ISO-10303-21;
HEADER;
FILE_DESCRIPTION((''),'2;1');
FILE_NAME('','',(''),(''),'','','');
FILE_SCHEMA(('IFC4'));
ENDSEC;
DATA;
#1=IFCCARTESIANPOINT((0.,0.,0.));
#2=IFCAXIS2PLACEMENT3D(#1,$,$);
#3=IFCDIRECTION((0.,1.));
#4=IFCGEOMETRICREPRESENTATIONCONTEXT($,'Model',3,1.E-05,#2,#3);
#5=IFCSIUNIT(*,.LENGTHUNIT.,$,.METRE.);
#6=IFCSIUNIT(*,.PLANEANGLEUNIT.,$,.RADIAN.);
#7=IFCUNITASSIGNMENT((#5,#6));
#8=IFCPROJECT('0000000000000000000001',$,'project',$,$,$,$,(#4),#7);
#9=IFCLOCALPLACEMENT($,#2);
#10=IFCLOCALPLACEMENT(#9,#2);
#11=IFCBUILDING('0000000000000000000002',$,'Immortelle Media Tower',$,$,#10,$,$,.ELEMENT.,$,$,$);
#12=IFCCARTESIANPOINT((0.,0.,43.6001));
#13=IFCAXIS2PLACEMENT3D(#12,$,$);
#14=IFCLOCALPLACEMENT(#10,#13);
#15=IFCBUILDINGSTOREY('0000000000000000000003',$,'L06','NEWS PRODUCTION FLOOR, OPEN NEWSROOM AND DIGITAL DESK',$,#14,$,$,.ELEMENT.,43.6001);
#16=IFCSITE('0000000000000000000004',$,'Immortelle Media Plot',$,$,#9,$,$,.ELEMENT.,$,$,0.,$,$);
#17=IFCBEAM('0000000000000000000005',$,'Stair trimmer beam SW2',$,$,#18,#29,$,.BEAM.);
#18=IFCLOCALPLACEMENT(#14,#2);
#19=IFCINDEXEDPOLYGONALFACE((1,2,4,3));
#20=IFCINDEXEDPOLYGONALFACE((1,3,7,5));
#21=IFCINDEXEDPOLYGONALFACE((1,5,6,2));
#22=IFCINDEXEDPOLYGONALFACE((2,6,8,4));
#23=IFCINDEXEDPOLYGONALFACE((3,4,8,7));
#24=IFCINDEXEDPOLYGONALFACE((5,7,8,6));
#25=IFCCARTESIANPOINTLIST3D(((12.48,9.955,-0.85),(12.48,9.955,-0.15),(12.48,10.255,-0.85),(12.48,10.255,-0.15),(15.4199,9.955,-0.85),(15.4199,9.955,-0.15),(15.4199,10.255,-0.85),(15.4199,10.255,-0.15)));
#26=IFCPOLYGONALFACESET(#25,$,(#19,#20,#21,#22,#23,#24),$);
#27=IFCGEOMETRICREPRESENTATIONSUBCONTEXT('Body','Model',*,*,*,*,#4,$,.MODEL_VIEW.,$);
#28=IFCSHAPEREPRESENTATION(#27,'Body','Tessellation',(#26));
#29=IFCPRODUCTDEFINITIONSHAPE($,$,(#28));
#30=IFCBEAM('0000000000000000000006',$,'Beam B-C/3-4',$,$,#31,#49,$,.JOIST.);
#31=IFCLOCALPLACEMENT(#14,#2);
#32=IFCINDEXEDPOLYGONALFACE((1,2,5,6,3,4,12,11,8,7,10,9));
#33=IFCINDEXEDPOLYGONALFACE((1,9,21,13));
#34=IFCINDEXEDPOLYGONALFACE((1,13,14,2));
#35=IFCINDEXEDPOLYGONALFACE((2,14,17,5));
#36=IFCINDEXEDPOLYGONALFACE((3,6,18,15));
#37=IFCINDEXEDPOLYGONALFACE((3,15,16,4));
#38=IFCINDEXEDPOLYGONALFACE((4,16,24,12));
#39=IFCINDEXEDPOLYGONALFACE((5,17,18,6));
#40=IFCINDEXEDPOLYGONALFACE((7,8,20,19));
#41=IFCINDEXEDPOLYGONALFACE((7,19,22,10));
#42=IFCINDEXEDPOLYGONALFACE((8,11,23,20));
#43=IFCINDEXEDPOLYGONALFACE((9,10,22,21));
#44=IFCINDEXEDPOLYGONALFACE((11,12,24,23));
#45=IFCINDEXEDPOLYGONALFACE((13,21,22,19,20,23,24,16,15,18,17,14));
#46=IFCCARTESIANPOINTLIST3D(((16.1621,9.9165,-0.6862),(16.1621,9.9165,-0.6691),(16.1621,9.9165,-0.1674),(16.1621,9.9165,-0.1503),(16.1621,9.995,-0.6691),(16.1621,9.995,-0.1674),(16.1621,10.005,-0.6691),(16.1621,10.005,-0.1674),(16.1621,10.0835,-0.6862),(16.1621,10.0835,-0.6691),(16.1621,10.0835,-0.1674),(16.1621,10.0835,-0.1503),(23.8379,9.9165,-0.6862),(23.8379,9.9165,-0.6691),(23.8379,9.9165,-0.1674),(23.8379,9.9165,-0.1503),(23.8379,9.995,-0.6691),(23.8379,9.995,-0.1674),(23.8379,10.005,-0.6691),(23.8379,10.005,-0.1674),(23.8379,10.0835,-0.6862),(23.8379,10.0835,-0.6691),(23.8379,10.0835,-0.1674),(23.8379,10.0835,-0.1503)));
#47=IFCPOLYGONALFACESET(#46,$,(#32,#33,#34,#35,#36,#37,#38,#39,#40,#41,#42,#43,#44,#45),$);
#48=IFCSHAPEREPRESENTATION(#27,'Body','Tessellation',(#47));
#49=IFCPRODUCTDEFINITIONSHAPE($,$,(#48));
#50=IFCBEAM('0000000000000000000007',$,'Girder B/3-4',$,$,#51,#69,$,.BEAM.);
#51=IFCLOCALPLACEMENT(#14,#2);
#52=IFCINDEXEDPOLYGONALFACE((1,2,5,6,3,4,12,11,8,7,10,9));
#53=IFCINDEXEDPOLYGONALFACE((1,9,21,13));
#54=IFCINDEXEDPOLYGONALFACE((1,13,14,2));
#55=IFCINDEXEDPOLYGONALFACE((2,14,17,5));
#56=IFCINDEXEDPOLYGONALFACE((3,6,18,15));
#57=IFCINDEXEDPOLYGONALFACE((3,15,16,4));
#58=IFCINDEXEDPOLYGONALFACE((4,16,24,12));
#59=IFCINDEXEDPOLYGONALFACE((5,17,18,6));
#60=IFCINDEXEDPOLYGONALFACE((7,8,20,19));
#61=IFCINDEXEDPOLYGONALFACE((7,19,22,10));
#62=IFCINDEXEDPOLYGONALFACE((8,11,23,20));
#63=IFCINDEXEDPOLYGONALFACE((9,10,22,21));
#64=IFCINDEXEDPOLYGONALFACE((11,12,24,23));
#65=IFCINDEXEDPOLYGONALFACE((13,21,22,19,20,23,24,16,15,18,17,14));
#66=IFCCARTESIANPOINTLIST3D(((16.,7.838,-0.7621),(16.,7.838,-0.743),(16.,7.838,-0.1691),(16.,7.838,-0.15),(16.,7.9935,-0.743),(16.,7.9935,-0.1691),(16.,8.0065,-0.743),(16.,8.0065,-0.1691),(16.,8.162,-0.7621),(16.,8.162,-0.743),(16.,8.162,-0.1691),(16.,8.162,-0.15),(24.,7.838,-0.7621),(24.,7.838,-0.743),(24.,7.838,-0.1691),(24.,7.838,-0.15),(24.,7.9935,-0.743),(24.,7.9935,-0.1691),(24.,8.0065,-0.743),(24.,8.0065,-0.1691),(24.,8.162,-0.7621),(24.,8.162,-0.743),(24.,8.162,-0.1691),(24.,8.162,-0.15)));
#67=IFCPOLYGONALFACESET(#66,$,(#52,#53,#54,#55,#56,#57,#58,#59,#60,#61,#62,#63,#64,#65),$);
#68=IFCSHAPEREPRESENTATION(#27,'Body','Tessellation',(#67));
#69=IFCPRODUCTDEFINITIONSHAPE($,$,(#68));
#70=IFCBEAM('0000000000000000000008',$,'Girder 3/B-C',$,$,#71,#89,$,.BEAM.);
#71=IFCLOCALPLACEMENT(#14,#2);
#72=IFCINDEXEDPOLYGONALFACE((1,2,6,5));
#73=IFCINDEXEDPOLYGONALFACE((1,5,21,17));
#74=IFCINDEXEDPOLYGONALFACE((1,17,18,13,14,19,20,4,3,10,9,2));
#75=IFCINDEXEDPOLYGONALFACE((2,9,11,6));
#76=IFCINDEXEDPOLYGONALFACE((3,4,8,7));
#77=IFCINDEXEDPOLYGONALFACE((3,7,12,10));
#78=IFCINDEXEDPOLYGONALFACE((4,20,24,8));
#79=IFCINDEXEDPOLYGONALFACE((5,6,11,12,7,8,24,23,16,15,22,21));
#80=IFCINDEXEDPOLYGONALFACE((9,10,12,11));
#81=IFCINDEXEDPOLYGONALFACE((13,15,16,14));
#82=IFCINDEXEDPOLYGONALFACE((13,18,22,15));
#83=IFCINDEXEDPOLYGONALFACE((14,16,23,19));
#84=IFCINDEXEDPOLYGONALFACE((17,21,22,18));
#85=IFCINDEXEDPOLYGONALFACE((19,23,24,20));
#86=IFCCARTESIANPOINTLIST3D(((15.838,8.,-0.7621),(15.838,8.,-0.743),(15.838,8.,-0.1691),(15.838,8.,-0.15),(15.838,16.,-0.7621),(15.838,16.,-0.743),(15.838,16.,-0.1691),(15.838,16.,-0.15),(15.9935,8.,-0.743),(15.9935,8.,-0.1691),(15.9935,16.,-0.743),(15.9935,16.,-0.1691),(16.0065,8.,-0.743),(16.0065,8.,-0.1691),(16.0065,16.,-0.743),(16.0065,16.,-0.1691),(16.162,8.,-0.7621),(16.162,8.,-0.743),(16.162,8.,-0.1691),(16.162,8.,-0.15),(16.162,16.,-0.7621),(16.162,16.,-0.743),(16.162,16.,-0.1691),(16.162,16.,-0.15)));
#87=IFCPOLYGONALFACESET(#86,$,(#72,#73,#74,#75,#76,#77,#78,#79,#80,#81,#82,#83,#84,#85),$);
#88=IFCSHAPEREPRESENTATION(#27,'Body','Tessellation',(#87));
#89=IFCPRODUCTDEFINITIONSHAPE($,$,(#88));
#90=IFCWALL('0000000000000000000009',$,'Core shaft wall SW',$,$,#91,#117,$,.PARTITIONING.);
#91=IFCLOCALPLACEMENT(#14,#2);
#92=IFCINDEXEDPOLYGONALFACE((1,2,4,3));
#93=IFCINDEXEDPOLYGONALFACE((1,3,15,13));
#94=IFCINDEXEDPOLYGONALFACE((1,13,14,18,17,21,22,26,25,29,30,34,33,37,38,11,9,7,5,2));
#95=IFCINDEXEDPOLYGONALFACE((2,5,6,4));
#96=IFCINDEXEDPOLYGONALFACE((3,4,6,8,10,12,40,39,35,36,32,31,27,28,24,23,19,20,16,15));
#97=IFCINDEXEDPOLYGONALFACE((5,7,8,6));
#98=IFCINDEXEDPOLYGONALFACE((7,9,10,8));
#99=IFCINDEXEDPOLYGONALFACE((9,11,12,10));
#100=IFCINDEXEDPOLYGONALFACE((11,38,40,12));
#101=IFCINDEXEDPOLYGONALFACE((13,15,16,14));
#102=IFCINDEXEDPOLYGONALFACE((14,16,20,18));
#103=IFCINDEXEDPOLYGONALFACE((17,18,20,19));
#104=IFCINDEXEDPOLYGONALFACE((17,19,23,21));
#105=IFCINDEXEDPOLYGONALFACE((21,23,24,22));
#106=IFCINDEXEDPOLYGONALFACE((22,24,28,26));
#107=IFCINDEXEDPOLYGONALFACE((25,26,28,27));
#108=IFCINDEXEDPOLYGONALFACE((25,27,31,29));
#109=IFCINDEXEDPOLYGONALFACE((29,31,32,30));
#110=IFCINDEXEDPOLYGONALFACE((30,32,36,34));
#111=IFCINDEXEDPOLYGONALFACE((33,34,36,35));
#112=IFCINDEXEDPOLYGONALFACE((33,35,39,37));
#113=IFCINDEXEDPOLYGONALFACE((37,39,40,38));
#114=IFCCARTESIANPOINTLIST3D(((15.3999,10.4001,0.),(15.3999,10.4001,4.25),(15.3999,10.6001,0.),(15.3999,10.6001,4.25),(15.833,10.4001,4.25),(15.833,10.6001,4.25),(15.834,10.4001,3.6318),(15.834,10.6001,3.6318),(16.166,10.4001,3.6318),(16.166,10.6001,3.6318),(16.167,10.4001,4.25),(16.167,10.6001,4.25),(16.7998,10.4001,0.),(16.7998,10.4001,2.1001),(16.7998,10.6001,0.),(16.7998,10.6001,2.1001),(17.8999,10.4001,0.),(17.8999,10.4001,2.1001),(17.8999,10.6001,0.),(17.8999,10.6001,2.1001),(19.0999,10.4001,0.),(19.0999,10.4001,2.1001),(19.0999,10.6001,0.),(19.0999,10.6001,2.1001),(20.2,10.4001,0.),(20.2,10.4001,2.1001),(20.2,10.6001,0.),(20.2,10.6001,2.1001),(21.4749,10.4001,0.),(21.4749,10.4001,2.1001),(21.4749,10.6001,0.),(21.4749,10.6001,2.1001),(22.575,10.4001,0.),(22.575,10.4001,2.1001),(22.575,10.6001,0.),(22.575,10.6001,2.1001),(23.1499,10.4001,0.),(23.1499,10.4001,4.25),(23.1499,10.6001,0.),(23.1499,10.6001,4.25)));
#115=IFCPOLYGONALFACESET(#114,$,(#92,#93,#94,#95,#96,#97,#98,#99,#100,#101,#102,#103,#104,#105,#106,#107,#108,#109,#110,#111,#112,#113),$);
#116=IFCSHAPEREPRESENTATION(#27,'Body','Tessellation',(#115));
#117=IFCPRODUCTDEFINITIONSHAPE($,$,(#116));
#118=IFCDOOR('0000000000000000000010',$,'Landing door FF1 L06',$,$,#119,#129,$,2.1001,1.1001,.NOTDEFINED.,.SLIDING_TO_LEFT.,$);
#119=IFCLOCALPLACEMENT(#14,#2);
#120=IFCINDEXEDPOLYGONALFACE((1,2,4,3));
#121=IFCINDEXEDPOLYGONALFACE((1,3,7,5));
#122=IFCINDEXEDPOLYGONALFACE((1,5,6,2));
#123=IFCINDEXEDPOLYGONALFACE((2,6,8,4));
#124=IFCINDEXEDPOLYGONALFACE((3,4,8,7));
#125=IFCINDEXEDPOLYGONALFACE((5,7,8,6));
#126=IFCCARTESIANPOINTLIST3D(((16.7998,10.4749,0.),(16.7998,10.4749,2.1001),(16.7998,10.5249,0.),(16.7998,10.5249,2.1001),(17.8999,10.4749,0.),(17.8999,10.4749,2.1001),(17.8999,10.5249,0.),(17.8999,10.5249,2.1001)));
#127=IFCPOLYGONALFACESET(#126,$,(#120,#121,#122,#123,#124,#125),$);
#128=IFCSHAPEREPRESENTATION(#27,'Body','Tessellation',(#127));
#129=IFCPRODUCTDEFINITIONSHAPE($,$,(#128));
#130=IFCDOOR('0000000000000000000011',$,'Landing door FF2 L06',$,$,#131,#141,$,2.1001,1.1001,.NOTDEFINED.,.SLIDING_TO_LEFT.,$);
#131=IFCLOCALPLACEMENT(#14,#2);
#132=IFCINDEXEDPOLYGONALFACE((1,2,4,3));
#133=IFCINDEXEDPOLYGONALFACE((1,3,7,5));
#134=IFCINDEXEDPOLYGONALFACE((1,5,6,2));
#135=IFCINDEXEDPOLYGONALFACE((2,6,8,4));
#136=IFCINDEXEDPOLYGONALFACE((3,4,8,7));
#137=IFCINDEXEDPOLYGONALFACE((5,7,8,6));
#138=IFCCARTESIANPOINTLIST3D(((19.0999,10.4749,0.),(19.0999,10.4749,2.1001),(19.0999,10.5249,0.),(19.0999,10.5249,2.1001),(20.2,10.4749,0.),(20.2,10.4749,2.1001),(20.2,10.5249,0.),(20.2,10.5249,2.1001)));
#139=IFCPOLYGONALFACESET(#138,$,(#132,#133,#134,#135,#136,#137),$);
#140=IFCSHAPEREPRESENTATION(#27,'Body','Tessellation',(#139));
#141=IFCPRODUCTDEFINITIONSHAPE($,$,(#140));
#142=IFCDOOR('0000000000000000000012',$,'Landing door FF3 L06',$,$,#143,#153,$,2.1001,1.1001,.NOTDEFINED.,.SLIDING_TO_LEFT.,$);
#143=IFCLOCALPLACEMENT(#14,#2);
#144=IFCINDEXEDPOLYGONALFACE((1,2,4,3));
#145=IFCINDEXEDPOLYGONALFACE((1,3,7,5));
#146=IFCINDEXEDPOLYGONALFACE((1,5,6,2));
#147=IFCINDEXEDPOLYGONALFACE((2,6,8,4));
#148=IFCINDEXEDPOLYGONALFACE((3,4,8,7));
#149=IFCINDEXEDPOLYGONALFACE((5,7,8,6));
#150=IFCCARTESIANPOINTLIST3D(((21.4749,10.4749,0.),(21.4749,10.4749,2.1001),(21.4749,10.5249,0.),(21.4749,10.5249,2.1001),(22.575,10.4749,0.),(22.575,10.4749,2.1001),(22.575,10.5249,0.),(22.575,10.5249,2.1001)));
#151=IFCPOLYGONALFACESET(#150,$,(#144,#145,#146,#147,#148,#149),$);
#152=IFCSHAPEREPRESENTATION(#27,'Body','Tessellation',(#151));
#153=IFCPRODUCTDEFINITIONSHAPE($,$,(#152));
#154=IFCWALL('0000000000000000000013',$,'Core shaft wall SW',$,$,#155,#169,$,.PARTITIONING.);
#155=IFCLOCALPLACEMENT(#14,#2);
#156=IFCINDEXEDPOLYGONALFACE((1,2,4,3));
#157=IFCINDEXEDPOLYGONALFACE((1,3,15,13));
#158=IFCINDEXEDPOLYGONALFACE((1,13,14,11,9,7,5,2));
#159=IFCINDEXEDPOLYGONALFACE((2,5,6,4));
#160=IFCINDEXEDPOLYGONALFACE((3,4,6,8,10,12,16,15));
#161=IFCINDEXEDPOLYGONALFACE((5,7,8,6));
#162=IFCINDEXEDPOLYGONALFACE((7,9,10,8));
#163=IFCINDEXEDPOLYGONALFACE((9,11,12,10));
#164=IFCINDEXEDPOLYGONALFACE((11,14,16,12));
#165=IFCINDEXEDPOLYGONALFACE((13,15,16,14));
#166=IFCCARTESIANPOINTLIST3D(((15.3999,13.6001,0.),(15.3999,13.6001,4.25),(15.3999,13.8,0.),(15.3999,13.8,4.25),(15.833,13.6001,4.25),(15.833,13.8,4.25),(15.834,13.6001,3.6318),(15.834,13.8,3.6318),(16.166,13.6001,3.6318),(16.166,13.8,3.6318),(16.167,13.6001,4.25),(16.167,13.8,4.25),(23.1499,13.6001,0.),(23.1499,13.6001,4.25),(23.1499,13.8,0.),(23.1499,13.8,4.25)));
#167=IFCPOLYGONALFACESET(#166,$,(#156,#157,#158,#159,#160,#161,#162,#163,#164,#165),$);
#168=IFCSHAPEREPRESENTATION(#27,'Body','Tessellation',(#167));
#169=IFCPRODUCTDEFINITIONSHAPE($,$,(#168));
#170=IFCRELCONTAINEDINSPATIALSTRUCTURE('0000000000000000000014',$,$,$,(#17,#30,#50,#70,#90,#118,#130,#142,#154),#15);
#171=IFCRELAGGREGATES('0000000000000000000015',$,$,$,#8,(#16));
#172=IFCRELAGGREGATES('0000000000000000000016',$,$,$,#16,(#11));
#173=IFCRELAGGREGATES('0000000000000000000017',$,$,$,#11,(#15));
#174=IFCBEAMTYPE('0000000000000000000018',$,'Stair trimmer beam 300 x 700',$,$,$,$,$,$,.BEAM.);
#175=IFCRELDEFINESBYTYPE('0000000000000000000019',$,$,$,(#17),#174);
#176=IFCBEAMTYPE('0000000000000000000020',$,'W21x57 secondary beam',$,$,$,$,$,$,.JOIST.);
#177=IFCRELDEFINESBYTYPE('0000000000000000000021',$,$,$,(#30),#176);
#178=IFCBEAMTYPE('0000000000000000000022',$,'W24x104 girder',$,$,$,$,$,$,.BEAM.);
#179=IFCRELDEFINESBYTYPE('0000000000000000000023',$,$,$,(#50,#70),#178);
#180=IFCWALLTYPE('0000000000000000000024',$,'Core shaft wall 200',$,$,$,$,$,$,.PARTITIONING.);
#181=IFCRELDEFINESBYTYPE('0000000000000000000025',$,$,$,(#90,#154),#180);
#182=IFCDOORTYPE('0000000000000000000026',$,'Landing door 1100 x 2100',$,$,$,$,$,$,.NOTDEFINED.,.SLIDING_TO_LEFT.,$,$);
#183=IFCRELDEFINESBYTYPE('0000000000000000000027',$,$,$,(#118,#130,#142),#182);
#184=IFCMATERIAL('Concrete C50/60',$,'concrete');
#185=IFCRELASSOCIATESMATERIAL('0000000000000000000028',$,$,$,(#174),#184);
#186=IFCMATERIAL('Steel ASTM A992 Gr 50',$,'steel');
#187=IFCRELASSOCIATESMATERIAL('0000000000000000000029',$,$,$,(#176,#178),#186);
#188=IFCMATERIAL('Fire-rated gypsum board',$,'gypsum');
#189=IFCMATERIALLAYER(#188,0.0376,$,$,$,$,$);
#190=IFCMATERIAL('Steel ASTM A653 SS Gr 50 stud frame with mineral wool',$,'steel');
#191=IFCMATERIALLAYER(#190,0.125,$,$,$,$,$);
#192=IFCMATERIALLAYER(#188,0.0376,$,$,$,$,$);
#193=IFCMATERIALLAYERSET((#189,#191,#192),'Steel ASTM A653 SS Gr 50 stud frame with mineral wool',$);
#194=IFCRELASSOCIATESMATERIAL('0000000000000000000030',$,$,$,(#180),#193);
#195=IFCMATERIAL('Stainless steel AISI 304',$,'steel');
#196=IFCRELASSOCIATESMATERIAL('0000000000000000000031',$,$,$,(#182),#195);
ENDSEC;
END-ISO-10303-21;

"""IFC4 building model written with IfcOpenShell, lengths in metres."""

from ifc_helpers import new_model, si_unit, direction, frame, frame_2d, origin, origin_2d, place, context, subcontext, project, spatial, polyline, rectangle, i_section, outline, extrude, material, layer, layer_set, material_profile, profile_set, type_object, element, fill, save


model = new_model("IFC4")

# Units and contexts
model_context = context("Model", 3, precision=1e-05, world=origin(), true_north=direction((0.0, 1.0)))
body_context = subcontext(model_context, "Body", "Model", "MODEL_VIEW")
ifc_project = project(units=[si_unit("LENGTHUNIT", "METRE"), si_unit("PLANEANGLEUNIT", "RADIAN")], contexts=[model_context])

# Site, building, storey
site_placement = place(None, origin())
site = spatial("IfcSite", under=ifc_project, at=site_placement, Name="Immortelle Media Plot", CompositionType="ELEMENT", RefElevation=0.0)
building_placement = place(site_placement, origin())
building = spatial("IfcBuilding", under=site, at=building_placement, Name="Immortelle Media Tower", CompositionType="ELEMENT")
storey_placement = place(building_placement, frame((0.0, 0.0, 43.6001)))
storey = spatial("IfcBuildingStorey", under=building, at=storey_placement, Name="L06", Description="NEWS PRODUCTION FLOOR, OPEN NEWSROOM AND DIGITAL DESK", CompositionType="ELEMENT", Elevation=43.6001)

# Beams
ifc_material_1 = material(Name="Concrete C50/60", Category="concrete")
ifc_material_profile_1 = material_profile(ifc_material_1, rectangle(XDim=0.3, YDim=0.7, at=origin_2d()), Name="RC 300x700")
ifc_profile_set_1 = profile_set([ifc_material_profile_1], Name="Concrete C50/60")
beam_type_1 = type_object("IfcBeamType", Name="Stair trimmer beam 300 x 700", PredefinedType="BEAM", material=ifc_profile_set_1)
beam_1_placement = place(storey_placement, frame((12.48, 10.105, -0.5), z_axis=(1.0, 0.0, 0.0), x_axis=(0.0, 1.0, 0.0)))
element("IfcBeam", 1, at=beam_1_placement, inside=storey, type_object=beam_type_1, Name="Stair trimmer beam SW2", PredefinedType="BEAM", context=body_context, shape_type="SweptSolid", body=[
    extrude(rectangle(XDim=0.3, YDim=0.7, at=origin_2d()), origin(), (0.0, 0.0, 1.0), 2.9399),
])
ifc_material_2 = material(Name="Steel ASTM A992 Gr 50", Category="steel")
ifc_material_profile_2 = material_profile(ifc_material_2, i_section(OverallWidth=0.167, OverallDepth=0.5359, WebThickness=0.01, FlangeThickness=0.0171, at=origin_2d()), Name="W21x57")
ifc_profile_set_2 = profile_set([ifc_material_profile_2], Name="Steel ASTM A992 Gr 50")
beam_type_2 = type_object("IfcBeamType", Name="W21x57 secondary beam", PredefinedType="JOIST", material=ifc_profile_set_2)
beam_2_placement = place(storey_placement, frame((16.1621, 10.0, -0.4182), z_axis=(1.0, 0.0, 0.0), x_axis=(0.0, 1.0, 0.0)))
element("IfcBeam", 2, at=beam_2_placement, inside=storey, type_object=beam_type_2, Name="Beam B-C/3-4", PredefinedType="JOIST", context=body_context, shape_type="SweptSolid", body=[
    extrude(i_section(OverallWidth=0.167, OverallDepth=0.5359, WebThickness=0.01, FlangeThickness=0.0171, at=origin_2d()), origin(), (0.0, 0.0, 1.0), 7.6758),
])
ifc_material_profile_3 = material_profile(ifc_material_2, i_section(OverallWidth=0.324, OverallDepth=0.6121, WebThickness=0.0129, FlangeThickness=0.019, at=origin_2d()), Name="W24x104")
ifc_profile_set_3 = profile_set([ifc_material_profile_3], Name="Steel ASTM A992 Gr 50")
beam_type_3 = type_object("IfcBeamType", Name="W24x104 girder", PredefinedType="BEAM", material=ifc_profile_set_3)
for number, where, z_axis, x_axis, name in (
    (3, (16.0, 8.0, -0.4561), (1.0, 0.0, 0.0), (0.0, 1.0, 0.0), "Girder B/3-4"),
    (4, (16.0, 8.0, -0.4561), (0.0, 1.0, 0.0), (-1.0, 0.0, 0.0), "Girder 3/B-C"),
):
    element("IfcBeam", number, at=place(storey_placement, frame(where, z_axis=z_axis, x_axis=x_axis)), inside=storey, type_object=beam_type_3, Name=name, PredefinedType="BEAM", context=body_context, shape_type="SweptSolid", body=[
        extrude(i_section(OverallWidth=0.324, OverallDepth=0.6121, WebThickness=0.0129, FlangeThickness=0.019, at=origin_2d()), origin(), (0.0, 0.0, 1.0), 8.0),
    ])

# Wall, openings, doors
ifc_material_3 = material(Name="Fire-rated gypsum board", Category="gypsum")
ifc_layer_1 = layer(ifc_material_3, 0.0376)
ifc_material_4 = material(Name="Steel ASTM A653 SS Gr 50 stud frame with mineral wool", Category="steel")
ifc_layer_2 = layer(ifc_material_4, 0.125)
ifc_layer_3 = layer(ifc_material_3, 0.0376)
ifc_layer_set_1 = layer_set([ifc_layer_1, ifc_layer_2, ifc_layer_3], Name="Steel ASTM A653 SS Gr 50 stud frame with mineral wool")
wall_type_1 = type_object("IfcWallType", Name="Core shaft wall 200", PredefinedType="PARTITIONING", material=ifc_layer_set_1)
wall_1_placement = place(storey_placement, frame((15.3999, 10.5, 0.0), z_axis=(0.0, 0.0, 1.0), x_axis=(1.0, 0.0, 0.0)))
wall_1 = element("IfcWall", 5, at=wall_1_placement, inside=storey, type_object=wall_type_1, Name="Core shaft wall SW", PredefinedType="PARTITIONING", context=body_context, shape_type="SweptSolid", body=[
    extrude(outline(polyline([(0.0, 0.0), (7.75, 0.0), (7.75, 4.25), (0.7671, 4.25), (0.7661, 3.6318), (0.4341, 3.6318), (0.4331, 4.25), (0.0, 4.25), (0.0, 0.0)])), frame((0.0, 0.1001, 0.0), z_axis=(0.0, -1.0, 0.0), x_axis=(1.0, 0.0, 0.0)), (0.0, 0.0, 1.0), 0.2),
])
opening_1_placement = place(wall_1_placement, frame((1.3999, 0.0, 0.0)))
opening_1 = element("IfcOpeningElement", 6, at=opening_1_placement, cuts=wall_1, PredefinedType="OPENING", context=body_context, shape_type="SweptSolid", body=[
    extrude(rectangle(XDim=1.1001, YDim=2.1001, at=frame_2d((0.55, 1.05))), frame((0.0, 0.1099, 0.0), z_axis=(0.0, -1.0, 0.0), x_axis=(1.0, 0.0, 0.0)), (0.0, 0.0, 1.0), 0.22),
])
opening_2_placement = place(wall_1_placement, frame((3.7, 0.0, 0.0)))
opening_2 = element("IfcOpeningElement", 7, at=opening_2_placement, cuts=wall_1, PredefinedType="OPENING", context=body_context, shape_type="SweptSolid", body=[
    extrude(rectangle(XDim=1.1001, YDim=2.1001, at=frame_2d((0.55, 1.05))), frame((0.0, 0.1099, 0.0), z_axis=(0.0, -1.0, 0.0), x_axis=(1.0, 0.0, 0.0)), (0.0, 0.0, 1.0), 0.22),
])
opening_3_placement = place(wall_1_placement, frame((6.075, 0.0, 0.0)))
opening_3 = element("IfcOpeningElement", 8, at=opening_3_placement, cuts=wall_1, PredefinedType="OPENING", context=body_context, shape_type="SweptSolid", body=[
    extrude(rectangle(XDim=1.1001, YDim=2.1001, at=frame_2d((0.55, 1.05))), frame((0.0, 0.1099, 0.0), z_axis=(0.0, -1.0, 0.0), x_axis=(1.0, 0.0, 0.0)), (0.0, 0.0, 1.0), 0.22),
])
ifc_material_5 = material(Name="Stainless steel AISI 304", Category="steel")
door_type_1 = type_object("IfcDoorType", Name="Landing door 1100 x 2100", OperationType="SLIDING_TO_LEFT", PredefinedType="NOTDEFINED", material=ifc_material_5)
door_1_placement = place(opening_1_placement, origin())
door_1 = element("IfcDoor", 9, at=door_1_placement, inside=storey, type_object=door_type_1, Name="Landing door FF1 L06", OperationType="SLIDING_TO_LEFT", OverallHeight=2.1001, OverallWidth=1.1001, PredefinedType="NOTDEFINED", context=body_context, shape_type="SweptSolid", body=[
    extrude(rectangle(XDim=1.1001, YDim=2.1001, at=frame_2d((0.55, 1.05))), frame((0.0, 0.0249, 0.0), z_axis=(0.0, -1.0, 0.0), x_axis=(1.0, 0.0, 0.0)), (0.0, 0.0, 1.0), 0.05),
])
fill(opening_1, door_1)
door_2_placement = place(opening_2_placement, origin())
door_2 = element("IfcDoor", 10, at=door_2_placement, inside=storey, type_object=door_type_1, Name="Landing door FF2 L06", OperationType="SLIDING_TO_LEFT", OverallHeight=2.1001, OverallWidth=1.1001, PredefinedType="NOTDEFINED", context=body_context, shape_type="SweptSolid", body=[
    extrude(rectangle(XDim=1.1001, YDim=2.1001, at=frame_2d((0.55, 1.05))), frame((0.0, 0.0249, 0.0), z_axis=(0.0, -1.0, 0.0), x_axis=(1.0, 0.0, 0.0)), (0.0, 0.0, 1.0), 0.05),
])
fill(opening_2, door_2)
door_3_placement = place(opening_3_placement, origin())
door_3 = element("IfcDoor", 11, at=door_3_placement, inside=storey, type_object=door_type_1, Name="Landing door FF3 L06", OperationType="SLIDING_TO_LEFT", OverallHeight=2.1001, OverallWidth=1.1001, PredefinedType="NOTDEFINED", context=body_context, shape_type="SweptSolid", body=[
    extrude(rectangle(XDim=1.1001, YDim=2.1001, at=frame_2d((0.55, 1.05))), frame((0.0, 0.0249, 0.0), z_axis=(0.0, -1.0, 0.0), x_axis=(1.0, 0.0, 0.0)), (0.0, 0.0, 1.0), 0.05),
])
fill(opening_3, door_3)

# Wall
wall_2_placement = place(storey_placement, frame((15.3999, 13.7, 0.0), z_axis=(0.0, 0.0, 1.0), x_axis=(1.0, 0.0, 0.0)))
element("IfcWall", 12, at=wall_2_placement, inside=storey, type_object=wall_type_1, Name="Core shaft wall SW", PredefinedType="PARTITIONING", context=body_context, shape_type="SweptSolid", body=[
    extrude(outline(polyline([(0.0, 0.0), (7.75, 0.0), (7.75, 4.25), (0.7671, 4.25), (0.7661, 3.6318), (0.4341, 3.6318), (0.4331, 4.25), (0.0, 4.25), (0.0, 0.0)])), frame((0.0, 0.1001, 0.0), z_axis=(0.0, -1.0, 0.0), x_axis=(1.0, 0.0, 0.0)), (0.0, 0.0, 1.0), 0.2),
])

save(model, "model.ifc")
